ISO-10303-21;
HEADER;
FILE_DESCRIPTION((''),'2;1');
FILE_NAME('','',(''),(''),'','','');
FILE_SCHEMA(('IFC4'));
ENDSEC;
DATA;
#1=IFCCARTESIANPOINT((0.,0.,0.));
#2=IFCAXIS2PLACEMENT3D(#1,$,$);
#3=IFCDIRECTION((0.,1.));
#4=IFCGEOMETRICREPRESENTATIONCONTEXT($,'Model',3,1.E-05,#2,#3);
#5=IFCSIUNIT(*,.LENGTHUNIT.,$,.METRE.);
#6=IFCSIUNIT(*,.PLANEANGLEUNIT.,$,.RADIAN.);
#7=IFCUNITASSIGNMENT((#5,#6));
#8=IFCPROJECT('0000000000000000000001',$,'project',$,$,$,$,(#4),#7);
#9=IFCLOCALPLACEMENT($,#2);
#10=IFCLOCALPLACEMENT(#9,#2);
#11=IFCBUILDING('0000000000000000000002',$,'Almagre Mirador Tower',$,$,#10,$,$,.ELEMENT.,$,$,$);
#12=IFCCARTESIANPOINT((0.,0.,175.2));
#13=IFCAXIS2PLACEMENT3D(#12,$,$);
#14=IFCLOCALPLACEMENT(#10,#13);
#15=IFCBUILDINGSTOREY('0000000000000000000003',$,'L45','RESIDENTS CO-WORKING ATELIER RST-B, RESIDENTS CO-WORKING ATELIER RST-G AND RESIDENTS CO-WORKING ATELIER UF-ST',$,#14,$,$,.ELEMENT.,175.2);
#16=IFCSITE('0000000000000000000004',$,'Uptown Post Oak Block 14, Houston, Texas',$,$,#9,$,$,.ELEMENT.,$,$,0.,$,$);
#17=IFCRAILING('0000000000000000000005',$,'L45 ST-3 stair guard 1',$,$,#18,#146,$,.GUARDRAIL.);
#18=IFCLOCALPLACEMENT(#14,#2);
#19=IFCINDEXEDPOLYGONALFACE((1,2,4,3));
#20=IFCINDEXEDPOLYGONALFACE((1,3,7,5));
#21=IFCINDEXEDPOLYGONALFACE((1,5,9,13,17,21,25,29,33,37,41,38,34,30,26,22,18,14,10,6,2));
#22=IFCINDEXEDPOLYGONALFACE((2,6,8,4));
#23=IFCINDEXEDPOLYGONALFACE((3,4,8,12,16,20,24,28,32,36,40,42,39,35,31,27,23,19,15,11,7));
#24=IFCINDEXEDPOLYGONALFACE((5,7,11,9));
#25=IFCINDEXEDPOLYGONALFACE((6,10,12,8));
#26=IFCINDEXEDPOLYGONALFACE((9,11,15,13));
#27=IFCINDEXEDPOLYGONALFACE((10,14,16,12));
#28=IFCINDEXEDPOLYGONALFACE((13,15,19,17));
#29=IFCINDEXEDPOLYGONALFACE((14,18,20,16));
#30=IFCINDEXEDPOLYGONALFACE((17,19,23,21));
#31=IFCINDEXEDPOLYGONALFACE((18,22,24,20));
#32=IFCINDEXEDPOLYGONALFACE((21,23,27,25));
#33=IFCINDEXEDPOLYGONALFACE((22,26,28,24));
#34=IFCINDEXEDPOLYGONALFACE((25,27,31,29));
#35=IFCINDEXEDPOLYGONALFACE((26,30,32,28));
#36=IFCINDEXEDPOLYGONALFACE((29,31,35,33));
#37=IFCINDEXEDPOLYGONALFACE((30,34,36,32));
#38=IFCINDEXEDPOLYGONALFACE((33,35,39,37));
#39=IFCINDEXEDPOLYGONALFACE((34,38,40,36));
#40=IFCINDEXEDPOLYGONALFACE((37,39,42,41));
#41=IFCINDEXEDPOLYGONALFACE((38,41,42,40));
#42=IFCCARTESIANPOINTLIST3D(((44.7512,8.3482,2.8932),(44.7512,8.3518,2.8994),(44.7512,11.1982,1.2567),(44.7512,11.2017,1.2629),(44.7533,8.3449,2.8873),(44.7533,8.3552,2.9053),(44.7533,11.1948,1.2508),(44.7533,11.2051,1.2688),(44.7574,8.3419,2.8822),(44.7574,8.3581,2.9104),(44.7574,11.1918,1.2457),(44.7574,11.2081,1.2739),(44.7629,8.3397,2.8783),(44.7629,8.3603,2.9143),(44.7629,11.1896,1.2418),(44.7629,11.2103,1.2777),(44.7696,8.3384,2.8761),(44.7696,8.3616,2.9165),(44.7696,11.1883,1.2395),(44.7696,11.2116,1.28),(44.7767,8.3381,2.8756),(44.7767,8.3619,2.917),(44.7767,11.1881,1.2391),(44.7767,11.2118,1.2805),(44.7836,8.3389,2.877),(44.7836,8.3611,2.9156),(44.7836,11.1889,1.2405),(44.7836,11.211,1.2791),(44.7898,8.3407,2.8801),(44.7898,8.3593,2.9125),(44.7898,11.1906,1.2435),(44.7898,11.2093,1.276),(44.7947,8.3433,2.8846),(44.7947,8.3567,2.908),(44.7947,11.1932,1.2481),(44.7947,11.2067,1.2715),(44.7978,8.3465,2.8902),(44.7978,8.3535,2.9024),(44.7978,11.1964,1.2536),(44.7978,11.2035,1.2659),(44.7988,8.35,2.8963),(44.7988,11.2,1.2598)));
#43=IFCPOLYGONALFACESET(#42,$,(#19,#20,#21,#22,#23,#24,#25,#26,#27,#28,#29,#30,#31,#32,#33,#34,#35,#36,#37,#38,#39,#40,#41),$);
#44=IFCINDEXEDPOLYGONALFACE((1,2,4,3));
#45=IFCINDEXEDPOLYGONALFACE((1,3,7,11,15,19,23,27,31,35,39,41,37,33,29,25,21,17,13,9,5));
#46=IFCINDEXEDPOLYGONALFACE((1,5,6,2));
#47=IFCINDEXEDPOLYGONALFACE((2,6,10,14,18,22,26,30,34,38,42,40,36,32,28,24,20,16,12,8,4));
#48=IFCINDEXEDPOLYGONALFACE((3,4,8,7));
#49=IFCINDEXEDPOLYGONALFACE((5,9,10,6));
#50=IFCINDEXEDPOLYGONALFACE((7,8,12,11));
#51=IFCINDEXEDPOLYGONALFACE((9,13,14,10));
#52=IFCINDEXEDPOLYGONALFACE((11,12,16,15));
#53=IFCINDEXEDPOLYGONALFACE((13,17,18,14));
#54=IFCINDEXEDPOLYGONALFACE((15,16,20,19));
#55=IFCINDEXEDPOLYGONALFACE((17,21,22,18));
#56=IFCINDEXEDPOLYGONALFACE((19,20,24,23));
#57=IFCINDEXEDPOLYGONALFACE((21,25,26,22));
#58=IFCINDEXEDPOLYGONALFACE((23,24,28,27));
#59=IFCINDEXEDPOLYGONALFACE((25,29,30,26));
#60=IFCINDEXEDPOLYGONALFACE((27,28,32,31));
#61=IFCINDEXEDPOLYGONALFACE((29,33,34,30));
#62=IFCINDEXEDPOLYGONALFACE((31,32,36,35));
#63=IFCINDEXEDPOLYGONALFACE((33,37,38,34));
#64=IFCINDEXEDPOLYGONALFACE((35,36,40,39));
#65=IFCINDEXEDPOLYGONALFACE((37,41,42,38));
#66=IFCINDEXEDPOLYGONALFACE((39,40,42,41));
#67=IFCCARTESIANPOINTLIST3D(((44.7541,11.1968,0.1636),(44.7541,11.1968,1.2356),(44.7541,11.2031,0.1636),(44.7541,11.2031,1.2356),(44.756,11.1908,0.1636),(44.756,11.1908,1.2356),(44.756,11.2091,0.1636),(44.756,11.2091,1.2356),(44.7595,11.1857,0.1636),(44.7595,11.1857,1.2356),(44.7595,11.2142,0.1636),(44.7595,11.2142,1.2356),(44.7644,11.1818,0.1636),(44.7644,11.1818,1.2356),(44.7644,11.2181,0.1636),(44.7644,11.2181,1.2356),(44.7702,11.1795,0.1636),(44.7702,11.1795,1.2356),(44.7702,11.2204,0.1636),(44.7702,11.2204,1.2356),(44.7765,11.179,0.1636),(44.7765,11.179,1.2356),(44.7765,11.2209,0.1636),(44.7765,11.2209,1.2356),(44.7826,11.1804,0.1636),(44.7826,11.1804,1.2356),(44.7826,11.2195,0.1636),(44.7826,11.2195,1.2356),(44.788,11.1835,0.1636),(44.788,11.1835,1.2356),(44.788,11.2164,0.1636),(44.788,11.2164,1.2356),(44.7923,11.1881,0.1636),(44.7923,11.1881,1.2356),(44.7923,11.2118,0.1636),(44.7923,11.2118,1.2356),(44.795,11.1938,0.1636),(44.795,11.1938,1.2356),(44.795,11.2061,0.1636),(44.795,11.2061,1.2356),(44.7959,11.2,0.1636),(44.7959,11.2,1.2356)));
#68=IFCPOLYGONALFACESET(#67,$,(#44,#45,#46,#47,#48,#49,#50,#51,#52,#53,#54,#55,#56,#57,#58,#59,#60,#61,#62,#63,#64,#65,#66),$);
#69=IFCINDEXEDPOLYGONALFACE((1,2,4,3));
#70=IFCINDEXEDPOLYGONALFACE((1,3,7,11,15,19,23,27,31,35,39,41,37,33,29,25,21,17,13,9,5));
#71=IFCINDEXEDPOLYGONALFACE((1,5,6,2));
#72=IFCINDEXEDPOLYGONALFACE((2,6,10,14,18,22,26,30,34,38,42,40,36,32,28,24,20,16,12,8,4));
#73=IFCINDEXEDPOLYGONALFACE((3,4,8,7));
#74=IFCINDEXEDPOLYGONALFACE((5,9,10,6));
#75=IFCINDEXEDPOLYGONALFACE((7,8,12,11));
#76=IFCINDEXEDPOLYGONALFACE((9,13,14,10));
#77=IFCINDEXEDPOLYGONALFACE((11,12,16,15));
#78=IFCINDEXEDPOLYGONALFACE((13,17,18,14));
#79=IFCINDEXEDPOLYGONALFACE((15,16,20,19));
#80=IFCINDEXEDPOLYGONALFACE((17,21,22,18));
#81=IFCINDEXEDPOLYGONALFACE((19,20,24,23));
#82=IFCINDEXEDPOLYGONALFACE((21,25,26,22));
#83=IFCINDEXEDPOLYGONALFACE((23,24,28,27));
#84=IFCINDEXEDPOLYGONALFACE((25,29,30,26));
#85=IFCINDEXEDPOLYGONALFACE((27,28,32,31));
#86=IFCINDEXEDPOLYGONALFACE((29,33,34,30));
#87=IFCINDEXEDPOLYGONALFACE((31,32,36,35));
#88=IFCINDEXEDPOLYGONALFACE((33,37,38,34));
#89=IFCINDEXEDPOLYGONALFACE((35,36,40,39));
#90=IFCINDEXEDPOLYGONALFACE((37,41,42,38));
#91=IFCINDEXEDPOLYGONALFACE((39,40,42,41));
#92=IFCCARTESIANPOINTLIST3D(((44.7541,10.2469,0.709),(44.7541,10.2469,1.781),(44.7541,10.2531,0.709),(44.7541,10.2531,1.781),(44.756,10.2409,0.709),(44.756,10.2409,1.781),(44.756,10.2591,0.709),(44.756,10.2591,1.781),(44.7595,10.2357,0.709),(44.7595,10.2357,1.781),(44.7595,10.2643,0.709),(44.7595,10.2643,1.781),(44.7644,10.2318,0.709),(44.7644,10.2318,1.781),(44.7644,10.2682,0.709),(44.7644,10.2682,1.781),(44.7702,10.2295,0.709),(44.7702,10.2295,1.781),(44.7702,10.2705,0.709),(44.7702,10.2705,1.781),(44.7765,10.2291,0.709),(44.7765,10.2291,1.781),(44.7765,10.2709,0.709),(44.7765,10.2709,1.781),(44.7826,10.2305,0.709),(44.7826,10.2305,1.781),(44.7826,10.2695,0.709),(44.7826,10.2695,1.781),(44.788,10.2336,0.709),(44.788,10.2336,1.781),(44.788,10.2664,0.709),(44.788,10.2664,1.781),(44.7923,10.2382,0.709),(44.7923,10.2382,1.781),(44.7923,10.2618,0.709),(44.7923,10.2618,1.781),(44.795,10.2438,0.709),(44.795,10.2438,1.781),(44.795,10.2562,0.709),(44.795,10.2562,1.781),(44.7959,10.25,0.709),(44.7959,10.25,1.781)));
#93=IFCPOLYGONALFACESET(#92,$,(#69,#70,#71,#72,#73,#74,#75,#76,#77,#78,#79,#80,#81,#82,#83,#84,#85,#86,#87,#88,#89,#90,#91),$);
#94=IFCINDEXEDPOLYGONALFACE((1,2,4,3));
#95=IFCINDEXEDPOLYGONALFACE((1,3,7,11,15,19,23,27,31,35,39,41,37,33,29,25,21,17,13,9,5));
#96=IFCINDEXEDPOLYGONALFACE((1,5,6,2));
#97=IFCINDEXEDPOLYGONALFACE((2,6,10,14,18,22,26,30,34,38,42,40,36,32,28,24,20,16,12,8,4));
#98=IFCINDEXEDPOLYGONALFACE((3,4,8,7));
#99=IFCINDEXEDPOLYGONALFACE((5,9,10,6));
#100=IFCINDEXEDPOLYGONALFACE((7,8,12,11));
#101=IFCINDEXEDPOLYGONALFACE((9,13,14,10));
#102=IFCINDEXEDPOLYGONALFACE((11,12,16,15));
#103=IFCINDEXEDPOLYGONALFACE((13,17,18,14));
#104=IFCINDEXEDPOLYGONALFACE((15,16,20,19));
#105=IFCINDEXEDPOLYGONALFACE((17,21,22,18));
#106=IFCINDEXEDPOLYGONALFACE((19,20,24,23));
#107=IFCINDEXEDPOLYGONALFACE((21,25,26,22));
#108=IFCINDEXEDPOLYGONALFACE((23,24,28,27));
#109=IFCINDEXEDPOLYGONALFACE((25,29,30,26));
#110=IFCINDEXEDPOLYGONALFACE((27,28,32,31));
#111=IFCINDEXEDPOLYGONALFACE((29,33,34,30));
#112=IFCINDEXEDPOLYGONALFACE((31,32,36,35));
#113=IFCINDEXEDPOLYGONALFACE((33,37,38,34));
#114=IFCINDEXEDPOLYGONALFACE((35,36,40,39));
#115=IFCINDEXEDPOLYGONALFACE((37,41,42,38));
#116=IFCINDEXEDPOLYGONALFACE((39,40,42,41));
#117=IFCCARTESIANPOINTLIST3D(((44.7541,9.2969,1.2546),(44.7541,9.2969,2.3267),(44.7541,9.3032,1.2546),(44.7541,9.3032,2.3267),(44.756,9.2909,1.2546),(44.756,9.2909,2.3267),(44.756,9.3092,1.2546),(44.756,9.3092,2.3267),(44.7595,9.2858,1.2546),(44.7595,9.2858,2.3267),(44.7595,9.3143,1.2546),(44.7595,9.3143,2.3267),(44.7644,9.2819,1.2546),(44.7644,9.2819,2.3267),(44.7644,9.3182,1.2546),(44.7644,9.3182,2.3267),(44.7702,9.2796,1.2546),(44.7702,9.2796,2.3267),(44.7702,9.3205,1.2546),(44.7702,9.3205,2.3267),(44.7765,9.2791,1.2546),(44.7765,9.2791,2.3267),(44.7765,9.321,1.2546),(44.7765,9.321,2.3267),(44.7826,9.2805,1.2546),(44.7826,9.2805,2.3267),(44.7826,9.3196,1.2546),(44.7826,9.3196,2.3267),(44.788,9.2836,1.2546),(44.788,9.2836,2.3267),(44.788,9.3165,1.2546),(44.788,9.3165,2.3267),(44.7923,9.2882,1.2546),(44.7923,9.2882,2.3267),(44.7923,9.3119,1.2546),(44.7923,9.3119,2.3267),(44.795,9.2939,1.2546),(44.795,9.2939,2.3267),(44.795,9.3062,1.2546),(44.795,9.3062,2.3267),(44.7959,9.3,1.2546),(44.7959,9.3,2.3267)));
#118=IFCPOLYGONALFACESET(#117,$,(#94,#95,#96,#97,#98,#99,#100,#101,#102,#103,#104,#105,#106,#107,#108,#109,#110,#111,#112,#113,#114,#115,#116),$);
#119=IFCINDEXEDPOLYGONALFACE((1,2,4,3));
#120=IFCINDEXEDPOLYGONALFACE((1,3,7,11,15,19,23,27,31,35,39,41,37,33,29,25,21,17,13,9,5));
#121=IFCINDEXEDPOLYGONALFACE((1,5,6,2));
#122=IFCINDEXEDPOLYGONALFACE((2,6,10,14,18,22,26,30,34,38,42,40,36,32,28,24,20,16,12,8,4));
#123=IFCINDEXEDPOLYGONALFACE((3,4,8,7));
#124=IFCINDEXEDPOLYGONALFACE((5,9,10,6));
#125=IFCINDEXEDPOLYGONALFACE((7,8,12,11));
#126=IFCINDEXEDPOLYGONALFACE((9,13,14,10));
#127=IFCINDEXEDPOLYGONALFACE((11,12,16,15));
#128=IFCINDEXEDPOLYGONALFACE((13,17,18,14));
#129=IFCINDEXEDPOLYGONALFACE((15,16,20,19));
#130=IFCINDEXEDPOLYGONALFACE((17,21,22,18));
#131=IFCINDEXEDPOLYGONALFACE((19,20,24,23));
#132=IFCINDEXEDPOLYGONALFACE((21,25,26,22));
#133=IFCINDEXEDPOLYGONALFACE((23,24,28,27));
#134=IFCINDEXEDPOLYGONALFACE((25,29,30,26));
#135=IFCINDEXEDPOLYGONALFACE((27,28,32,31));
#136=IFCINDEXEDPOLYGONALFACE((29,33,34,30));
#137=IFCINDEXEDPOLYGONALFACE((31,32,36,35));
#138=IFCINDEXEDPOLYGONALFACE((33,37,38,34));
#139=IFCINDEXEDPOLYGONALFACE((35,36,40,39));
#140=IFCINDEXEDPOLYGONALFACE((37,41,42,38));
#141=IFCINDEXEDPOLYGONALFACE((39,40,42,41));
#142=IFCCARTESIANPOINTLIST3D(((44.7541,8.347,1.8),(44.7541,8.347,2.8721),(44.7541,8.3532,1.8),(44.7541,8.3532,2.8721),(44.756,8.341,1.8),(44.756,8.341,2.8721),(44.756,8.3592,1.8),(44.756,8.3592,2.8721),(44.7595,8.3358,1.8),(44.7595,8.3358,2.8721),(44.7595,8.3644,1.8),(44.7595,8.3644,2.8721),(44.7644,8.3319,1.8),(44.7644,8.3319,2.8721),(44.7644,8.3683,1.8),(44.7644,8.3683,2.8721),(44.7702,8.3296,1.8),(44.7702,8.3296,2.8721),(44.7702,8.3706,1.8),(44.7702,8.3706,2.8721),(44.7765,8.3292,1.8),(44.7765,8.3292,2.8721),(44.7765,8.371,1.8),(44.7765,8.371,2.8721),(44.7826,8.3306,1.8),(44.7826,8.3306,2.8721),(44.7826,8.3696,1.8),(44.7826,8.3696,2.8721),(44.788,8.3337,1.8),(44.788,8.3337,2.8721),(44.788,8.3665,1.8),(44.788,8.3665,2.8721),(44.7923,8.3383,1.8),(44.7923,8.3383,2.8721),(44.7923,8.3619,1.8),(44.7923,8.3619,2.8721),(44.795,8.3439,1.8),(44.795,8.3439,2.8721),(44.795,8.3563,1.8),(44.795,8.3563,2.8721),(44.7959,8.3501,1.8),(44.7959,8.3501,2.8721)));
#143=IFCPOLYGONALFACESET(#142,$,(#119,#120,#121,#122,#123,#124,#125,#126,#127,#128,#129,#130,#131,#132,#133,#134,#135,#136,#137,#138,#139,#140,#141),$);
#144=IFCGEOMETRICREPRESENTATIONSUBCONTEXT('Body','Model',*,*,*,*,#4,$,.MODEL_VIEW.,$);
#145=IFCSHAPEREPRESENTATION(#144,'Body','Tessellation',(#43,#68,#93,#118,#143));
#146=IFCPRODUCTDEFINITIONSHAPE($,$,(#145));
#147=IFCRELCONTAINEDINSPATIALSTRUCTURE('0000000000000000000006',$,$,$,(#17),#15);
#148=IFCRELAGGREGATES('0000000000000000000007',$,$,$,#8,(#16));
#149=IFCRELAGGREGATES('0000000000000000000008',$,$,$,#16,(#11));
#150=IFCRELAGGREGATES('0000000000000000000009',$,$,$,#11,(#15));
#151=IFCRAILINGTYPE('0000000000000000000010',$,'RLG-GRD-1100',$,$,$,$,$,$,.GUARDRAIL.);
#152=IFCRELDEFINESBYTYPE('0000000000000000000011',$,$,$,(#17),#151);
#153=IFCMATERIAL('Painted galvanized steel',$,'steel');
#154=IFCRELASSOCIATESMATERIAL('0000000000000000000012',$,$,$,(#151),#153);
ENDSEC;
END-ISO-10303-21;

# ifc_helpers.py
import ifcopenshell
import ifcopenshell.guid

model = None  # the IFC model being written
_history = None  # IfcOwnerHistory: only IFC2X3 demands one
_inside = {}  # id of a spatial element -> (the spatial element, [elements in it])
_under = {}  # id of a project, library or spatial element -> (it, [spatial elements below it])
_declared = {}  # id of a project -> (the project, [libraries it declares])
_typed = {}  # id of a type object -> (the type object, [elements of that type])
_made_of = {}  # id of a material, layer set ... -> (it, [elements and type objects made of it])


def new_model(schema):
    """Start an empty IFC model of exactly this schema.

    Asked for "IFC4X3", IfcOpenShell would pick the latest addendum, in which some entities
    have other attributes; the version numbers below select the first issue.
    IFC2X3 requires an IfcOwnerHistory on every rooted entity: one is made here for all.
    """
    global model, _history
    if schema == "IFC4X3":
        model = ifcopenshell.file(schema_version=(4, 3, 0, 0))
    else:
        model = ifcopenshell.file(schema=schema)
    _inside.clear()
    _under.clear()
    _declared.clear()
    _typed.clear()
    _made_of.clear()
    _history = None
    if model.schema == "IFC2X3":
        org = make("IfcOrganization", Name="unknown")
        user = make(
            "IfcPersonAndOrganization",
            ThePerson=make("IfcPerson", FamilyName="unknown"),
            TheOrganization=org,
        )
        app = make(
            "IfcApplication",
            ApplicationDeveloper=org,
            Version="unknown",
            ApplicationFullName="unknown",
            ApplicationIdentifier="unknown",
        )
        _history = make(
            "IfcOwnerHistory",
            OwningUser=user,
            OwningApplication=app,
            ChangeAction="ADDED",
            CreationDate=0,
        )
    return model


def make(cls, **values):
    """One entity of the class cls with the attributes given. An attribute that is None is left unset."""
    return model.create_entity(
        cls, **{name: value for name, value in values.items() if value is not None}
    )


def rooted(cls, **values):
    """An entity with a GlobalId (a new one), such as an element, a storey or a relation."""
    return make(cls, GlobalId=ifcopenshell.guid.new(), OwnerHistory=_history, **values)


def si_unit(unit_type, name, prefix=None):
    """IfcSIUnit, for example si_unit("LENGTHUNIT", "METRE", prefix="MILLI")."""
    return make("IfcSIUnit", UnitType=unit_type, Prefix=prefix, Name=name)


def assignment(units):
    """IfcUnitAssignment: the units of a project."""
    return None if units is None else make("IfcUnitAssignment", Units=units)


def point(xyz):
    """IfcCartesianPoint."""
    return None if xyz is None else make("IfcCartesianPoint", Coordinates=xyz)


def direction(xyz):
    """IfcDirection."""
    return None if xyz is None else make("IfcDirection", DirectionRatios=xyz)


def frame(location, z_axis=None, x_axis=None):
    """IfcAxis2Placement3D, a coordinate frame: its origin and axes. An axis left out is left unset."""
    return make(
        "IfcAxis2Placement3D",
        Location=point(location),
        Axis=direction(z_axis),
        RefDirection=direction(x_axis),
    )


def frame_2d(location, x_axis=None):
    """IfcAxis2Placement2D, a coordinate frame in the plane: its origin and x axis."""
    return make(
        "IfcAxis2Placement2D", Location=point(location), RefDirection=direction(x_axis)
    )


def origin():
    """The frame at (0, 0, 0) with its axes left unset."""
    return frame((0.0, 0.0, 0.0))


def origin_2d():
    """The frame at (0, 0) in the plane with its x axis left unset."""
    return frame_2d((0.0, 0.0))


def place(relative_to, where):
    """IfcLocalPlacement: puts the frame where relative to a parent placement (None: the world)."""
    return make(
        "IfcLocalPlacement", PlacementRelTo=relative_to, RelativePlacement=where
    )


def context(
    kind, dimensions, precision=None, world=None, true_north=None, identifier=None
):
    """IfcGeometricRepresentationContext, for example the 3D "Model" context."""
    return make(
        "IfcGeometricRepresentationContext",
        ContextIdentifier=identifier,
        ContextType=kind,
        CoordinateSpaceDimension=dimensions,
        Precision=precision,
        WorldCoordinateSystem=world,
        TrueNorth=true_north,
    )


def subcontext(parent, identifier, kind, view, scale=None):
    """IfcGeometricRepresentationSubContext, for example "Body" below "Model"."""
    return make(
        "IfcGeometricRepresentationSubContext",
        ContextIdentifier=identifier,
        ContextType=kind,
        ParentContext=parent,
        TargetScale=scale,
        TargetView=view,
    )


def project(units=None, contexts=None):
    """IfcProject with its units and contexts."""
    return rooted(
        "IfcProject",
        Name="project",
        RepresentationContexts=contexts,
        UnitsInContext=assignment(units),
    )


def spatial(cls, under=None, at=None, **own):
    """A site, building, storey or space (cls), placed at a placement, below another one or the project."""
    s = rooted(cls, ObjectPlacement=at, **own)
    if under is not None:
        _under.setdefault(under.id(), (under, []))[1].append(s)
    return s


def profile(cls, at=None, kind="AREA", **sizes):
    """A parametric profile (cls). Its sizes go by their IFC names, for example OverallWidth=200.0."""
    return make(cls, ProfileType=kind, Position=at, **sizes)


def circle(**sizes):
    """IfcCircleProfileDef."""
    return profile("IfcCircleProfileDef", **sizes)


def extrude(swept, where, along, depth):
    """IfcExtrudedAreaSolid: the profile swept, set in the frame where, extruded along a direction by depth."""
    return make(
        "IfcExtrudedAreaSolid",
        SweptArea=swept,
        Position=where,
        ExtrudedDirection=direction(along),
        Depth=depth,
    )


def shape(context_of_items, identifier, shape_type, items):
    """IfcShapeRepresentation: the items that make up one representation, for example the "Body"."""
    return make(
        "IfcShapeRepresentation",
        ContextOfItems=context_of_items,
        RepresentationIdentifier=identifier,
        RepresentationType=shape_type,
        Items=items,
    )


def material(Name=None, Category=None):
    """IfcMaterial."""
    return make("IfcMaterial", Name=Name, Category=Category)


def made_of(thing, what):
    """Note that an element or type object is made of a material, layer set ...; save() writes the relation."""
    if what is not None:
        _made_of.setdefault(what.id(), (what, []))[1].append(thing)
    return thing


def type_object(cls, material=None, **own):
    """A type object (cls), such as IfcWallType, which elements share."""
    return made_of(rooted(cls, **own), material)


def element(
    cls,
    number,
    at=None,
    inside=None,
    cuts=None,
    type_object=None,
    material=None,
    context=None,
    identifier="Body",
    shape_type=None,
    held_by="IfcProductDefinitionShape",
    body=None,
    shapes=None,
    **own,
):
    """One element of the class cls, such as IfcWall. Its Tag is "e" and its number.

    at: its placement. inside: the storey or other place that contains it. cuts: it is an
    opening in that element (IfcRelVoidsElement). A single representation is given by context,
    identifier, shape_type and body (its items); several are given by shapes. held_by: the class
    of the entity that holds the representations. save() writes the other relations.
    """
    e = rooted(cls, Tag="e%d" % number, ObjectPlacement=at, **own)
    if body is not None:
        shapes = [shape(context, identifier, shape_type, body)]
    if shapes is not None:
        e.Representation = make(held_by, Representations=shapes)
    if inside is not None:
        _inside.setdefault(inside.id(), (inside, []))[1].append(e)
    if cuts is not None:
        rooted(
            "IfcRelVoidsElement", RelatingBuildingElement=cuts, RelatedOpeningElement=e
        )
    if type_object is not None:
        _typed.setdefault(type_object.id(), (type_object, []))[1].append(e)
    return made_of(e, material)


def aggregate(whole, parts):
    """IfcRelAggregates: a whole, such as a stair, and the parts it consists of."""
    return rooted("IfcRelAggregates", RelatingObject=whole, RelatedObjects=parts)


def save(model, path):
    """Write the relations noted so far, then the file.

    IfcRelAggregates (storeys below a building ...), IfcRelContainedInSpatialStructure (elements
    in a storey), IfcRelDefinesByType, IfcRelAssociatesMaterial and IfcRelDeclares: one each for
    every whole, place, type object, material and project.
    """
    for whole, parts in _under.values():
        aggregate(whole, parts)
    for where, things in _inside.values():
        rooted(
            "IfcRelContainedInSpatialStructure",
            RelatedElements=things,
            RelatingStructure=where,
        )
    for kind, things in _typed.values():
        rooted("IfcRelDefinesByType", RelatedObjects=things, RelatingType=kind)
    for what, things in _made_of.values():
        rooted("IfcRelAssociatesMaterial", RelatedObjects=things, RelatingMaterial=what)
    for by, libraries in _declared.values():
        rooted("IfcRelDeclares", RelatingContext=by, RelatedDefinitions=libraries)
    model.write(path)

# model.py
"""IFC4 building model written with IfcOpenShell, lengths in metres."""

from ifc_helpers import new_model, si_unit, direction, frame, origin, origin_2d, place, context, subcontext, project, spatial, circle, extrude, material, type_object, element, save


model = new_model("IFC4")

# Units and contexts
model_context = context("Model", 3, precision=1e-05, world=origin(), true_north=direction((0.0, 1.0)))
body_context = subcontext(model_context, "Body", "Model", "MODEL_VIEW")
ifc_project = project(units=[si_unit("LENGTHUNIT", "METRE"), si_unit("PLANEANGLEUNIT", "RADIAN")], contexts=[model_context])

# Site, building, storey
site_placement = place(None, origin())
site = spatial("IfcSite", under=ifc_project, at=site_placement, Name="Uptown Post Oak Block 14, Houston, Texas", CompositionType="ELEMENT", RefElevation=0.0)
building_placement = place(site_placement, origin())
building = spatial("IfcBuilding", under=site, at=building_placement, Name="Almagre Mirador Tower", CompositionType="ELEMENT")
storey_placement = place(building_placement, frame((0.0, 0.0, 175.2)))
storey = spatial("IfcBuildingStorey", under=building, at=storey_placement, Name="L45", Description="RESIDENTS CO-WORKING ATELIER RST-B, RESIDENTS CO-WORKING ATELIER RST-G AND RESIDENTS CO-WORKING ATELIER UF-ST", CompositionType="ELEMENT", Elevation=175.2)

# Railing
ifc_material_1 = material(Name="Painted galvanized steel", Category="steel")
railing_type_1 = type_object("IfcRailingType", Name="RLG-GRD-1100", PredefinedType="GUARDRAIL", material=ifc_material_1)
railing_1_placement = place(storey_placement, frame((44.7749, 11.2, 0.1636)))
element("IfcRailing", 1, at=railing_1_placement, inside=storey, type_object=railing_type_1, Name="L45 ST-3 stair guard 1", PredefinedType="GUARDRAIL", context=body_context, shape_type="SweptSolid", body=[
    extrude(circle(Radius=0.0239, at=origin_2d()), frame((0.0, 0.0, 1.0962), z_axis=(0.0, -0.867194, 0.49797), x_axis=(1.0, 0.0, 0.0)), (0.0, 0.0, 1.0), 3.2864),
    extrude(circle(Radius=0.021, at=origin_2d()), origin(), (0.0, 0.0, 1.0), 1.072),
    extrude(circle(Radius=0.021, at=origin_2d()), frame((0.0, -0.95, 0.5454)), (0.0, 0.0, 1.0), 1.072),
    extrude(circle(Radius=0.021, at=origin_2d()), frame((0.0, -1.8999, 1.0911)), (0.0, 0.0, 1.0), 1.072),
    extrude(circle(Radius=0.021, at=origin_2d()), frame((0.0, -2.8499, 1.6365)), (0.0, 0.0, 1.0), 1.072),
])

save(model, "model.ifc")
